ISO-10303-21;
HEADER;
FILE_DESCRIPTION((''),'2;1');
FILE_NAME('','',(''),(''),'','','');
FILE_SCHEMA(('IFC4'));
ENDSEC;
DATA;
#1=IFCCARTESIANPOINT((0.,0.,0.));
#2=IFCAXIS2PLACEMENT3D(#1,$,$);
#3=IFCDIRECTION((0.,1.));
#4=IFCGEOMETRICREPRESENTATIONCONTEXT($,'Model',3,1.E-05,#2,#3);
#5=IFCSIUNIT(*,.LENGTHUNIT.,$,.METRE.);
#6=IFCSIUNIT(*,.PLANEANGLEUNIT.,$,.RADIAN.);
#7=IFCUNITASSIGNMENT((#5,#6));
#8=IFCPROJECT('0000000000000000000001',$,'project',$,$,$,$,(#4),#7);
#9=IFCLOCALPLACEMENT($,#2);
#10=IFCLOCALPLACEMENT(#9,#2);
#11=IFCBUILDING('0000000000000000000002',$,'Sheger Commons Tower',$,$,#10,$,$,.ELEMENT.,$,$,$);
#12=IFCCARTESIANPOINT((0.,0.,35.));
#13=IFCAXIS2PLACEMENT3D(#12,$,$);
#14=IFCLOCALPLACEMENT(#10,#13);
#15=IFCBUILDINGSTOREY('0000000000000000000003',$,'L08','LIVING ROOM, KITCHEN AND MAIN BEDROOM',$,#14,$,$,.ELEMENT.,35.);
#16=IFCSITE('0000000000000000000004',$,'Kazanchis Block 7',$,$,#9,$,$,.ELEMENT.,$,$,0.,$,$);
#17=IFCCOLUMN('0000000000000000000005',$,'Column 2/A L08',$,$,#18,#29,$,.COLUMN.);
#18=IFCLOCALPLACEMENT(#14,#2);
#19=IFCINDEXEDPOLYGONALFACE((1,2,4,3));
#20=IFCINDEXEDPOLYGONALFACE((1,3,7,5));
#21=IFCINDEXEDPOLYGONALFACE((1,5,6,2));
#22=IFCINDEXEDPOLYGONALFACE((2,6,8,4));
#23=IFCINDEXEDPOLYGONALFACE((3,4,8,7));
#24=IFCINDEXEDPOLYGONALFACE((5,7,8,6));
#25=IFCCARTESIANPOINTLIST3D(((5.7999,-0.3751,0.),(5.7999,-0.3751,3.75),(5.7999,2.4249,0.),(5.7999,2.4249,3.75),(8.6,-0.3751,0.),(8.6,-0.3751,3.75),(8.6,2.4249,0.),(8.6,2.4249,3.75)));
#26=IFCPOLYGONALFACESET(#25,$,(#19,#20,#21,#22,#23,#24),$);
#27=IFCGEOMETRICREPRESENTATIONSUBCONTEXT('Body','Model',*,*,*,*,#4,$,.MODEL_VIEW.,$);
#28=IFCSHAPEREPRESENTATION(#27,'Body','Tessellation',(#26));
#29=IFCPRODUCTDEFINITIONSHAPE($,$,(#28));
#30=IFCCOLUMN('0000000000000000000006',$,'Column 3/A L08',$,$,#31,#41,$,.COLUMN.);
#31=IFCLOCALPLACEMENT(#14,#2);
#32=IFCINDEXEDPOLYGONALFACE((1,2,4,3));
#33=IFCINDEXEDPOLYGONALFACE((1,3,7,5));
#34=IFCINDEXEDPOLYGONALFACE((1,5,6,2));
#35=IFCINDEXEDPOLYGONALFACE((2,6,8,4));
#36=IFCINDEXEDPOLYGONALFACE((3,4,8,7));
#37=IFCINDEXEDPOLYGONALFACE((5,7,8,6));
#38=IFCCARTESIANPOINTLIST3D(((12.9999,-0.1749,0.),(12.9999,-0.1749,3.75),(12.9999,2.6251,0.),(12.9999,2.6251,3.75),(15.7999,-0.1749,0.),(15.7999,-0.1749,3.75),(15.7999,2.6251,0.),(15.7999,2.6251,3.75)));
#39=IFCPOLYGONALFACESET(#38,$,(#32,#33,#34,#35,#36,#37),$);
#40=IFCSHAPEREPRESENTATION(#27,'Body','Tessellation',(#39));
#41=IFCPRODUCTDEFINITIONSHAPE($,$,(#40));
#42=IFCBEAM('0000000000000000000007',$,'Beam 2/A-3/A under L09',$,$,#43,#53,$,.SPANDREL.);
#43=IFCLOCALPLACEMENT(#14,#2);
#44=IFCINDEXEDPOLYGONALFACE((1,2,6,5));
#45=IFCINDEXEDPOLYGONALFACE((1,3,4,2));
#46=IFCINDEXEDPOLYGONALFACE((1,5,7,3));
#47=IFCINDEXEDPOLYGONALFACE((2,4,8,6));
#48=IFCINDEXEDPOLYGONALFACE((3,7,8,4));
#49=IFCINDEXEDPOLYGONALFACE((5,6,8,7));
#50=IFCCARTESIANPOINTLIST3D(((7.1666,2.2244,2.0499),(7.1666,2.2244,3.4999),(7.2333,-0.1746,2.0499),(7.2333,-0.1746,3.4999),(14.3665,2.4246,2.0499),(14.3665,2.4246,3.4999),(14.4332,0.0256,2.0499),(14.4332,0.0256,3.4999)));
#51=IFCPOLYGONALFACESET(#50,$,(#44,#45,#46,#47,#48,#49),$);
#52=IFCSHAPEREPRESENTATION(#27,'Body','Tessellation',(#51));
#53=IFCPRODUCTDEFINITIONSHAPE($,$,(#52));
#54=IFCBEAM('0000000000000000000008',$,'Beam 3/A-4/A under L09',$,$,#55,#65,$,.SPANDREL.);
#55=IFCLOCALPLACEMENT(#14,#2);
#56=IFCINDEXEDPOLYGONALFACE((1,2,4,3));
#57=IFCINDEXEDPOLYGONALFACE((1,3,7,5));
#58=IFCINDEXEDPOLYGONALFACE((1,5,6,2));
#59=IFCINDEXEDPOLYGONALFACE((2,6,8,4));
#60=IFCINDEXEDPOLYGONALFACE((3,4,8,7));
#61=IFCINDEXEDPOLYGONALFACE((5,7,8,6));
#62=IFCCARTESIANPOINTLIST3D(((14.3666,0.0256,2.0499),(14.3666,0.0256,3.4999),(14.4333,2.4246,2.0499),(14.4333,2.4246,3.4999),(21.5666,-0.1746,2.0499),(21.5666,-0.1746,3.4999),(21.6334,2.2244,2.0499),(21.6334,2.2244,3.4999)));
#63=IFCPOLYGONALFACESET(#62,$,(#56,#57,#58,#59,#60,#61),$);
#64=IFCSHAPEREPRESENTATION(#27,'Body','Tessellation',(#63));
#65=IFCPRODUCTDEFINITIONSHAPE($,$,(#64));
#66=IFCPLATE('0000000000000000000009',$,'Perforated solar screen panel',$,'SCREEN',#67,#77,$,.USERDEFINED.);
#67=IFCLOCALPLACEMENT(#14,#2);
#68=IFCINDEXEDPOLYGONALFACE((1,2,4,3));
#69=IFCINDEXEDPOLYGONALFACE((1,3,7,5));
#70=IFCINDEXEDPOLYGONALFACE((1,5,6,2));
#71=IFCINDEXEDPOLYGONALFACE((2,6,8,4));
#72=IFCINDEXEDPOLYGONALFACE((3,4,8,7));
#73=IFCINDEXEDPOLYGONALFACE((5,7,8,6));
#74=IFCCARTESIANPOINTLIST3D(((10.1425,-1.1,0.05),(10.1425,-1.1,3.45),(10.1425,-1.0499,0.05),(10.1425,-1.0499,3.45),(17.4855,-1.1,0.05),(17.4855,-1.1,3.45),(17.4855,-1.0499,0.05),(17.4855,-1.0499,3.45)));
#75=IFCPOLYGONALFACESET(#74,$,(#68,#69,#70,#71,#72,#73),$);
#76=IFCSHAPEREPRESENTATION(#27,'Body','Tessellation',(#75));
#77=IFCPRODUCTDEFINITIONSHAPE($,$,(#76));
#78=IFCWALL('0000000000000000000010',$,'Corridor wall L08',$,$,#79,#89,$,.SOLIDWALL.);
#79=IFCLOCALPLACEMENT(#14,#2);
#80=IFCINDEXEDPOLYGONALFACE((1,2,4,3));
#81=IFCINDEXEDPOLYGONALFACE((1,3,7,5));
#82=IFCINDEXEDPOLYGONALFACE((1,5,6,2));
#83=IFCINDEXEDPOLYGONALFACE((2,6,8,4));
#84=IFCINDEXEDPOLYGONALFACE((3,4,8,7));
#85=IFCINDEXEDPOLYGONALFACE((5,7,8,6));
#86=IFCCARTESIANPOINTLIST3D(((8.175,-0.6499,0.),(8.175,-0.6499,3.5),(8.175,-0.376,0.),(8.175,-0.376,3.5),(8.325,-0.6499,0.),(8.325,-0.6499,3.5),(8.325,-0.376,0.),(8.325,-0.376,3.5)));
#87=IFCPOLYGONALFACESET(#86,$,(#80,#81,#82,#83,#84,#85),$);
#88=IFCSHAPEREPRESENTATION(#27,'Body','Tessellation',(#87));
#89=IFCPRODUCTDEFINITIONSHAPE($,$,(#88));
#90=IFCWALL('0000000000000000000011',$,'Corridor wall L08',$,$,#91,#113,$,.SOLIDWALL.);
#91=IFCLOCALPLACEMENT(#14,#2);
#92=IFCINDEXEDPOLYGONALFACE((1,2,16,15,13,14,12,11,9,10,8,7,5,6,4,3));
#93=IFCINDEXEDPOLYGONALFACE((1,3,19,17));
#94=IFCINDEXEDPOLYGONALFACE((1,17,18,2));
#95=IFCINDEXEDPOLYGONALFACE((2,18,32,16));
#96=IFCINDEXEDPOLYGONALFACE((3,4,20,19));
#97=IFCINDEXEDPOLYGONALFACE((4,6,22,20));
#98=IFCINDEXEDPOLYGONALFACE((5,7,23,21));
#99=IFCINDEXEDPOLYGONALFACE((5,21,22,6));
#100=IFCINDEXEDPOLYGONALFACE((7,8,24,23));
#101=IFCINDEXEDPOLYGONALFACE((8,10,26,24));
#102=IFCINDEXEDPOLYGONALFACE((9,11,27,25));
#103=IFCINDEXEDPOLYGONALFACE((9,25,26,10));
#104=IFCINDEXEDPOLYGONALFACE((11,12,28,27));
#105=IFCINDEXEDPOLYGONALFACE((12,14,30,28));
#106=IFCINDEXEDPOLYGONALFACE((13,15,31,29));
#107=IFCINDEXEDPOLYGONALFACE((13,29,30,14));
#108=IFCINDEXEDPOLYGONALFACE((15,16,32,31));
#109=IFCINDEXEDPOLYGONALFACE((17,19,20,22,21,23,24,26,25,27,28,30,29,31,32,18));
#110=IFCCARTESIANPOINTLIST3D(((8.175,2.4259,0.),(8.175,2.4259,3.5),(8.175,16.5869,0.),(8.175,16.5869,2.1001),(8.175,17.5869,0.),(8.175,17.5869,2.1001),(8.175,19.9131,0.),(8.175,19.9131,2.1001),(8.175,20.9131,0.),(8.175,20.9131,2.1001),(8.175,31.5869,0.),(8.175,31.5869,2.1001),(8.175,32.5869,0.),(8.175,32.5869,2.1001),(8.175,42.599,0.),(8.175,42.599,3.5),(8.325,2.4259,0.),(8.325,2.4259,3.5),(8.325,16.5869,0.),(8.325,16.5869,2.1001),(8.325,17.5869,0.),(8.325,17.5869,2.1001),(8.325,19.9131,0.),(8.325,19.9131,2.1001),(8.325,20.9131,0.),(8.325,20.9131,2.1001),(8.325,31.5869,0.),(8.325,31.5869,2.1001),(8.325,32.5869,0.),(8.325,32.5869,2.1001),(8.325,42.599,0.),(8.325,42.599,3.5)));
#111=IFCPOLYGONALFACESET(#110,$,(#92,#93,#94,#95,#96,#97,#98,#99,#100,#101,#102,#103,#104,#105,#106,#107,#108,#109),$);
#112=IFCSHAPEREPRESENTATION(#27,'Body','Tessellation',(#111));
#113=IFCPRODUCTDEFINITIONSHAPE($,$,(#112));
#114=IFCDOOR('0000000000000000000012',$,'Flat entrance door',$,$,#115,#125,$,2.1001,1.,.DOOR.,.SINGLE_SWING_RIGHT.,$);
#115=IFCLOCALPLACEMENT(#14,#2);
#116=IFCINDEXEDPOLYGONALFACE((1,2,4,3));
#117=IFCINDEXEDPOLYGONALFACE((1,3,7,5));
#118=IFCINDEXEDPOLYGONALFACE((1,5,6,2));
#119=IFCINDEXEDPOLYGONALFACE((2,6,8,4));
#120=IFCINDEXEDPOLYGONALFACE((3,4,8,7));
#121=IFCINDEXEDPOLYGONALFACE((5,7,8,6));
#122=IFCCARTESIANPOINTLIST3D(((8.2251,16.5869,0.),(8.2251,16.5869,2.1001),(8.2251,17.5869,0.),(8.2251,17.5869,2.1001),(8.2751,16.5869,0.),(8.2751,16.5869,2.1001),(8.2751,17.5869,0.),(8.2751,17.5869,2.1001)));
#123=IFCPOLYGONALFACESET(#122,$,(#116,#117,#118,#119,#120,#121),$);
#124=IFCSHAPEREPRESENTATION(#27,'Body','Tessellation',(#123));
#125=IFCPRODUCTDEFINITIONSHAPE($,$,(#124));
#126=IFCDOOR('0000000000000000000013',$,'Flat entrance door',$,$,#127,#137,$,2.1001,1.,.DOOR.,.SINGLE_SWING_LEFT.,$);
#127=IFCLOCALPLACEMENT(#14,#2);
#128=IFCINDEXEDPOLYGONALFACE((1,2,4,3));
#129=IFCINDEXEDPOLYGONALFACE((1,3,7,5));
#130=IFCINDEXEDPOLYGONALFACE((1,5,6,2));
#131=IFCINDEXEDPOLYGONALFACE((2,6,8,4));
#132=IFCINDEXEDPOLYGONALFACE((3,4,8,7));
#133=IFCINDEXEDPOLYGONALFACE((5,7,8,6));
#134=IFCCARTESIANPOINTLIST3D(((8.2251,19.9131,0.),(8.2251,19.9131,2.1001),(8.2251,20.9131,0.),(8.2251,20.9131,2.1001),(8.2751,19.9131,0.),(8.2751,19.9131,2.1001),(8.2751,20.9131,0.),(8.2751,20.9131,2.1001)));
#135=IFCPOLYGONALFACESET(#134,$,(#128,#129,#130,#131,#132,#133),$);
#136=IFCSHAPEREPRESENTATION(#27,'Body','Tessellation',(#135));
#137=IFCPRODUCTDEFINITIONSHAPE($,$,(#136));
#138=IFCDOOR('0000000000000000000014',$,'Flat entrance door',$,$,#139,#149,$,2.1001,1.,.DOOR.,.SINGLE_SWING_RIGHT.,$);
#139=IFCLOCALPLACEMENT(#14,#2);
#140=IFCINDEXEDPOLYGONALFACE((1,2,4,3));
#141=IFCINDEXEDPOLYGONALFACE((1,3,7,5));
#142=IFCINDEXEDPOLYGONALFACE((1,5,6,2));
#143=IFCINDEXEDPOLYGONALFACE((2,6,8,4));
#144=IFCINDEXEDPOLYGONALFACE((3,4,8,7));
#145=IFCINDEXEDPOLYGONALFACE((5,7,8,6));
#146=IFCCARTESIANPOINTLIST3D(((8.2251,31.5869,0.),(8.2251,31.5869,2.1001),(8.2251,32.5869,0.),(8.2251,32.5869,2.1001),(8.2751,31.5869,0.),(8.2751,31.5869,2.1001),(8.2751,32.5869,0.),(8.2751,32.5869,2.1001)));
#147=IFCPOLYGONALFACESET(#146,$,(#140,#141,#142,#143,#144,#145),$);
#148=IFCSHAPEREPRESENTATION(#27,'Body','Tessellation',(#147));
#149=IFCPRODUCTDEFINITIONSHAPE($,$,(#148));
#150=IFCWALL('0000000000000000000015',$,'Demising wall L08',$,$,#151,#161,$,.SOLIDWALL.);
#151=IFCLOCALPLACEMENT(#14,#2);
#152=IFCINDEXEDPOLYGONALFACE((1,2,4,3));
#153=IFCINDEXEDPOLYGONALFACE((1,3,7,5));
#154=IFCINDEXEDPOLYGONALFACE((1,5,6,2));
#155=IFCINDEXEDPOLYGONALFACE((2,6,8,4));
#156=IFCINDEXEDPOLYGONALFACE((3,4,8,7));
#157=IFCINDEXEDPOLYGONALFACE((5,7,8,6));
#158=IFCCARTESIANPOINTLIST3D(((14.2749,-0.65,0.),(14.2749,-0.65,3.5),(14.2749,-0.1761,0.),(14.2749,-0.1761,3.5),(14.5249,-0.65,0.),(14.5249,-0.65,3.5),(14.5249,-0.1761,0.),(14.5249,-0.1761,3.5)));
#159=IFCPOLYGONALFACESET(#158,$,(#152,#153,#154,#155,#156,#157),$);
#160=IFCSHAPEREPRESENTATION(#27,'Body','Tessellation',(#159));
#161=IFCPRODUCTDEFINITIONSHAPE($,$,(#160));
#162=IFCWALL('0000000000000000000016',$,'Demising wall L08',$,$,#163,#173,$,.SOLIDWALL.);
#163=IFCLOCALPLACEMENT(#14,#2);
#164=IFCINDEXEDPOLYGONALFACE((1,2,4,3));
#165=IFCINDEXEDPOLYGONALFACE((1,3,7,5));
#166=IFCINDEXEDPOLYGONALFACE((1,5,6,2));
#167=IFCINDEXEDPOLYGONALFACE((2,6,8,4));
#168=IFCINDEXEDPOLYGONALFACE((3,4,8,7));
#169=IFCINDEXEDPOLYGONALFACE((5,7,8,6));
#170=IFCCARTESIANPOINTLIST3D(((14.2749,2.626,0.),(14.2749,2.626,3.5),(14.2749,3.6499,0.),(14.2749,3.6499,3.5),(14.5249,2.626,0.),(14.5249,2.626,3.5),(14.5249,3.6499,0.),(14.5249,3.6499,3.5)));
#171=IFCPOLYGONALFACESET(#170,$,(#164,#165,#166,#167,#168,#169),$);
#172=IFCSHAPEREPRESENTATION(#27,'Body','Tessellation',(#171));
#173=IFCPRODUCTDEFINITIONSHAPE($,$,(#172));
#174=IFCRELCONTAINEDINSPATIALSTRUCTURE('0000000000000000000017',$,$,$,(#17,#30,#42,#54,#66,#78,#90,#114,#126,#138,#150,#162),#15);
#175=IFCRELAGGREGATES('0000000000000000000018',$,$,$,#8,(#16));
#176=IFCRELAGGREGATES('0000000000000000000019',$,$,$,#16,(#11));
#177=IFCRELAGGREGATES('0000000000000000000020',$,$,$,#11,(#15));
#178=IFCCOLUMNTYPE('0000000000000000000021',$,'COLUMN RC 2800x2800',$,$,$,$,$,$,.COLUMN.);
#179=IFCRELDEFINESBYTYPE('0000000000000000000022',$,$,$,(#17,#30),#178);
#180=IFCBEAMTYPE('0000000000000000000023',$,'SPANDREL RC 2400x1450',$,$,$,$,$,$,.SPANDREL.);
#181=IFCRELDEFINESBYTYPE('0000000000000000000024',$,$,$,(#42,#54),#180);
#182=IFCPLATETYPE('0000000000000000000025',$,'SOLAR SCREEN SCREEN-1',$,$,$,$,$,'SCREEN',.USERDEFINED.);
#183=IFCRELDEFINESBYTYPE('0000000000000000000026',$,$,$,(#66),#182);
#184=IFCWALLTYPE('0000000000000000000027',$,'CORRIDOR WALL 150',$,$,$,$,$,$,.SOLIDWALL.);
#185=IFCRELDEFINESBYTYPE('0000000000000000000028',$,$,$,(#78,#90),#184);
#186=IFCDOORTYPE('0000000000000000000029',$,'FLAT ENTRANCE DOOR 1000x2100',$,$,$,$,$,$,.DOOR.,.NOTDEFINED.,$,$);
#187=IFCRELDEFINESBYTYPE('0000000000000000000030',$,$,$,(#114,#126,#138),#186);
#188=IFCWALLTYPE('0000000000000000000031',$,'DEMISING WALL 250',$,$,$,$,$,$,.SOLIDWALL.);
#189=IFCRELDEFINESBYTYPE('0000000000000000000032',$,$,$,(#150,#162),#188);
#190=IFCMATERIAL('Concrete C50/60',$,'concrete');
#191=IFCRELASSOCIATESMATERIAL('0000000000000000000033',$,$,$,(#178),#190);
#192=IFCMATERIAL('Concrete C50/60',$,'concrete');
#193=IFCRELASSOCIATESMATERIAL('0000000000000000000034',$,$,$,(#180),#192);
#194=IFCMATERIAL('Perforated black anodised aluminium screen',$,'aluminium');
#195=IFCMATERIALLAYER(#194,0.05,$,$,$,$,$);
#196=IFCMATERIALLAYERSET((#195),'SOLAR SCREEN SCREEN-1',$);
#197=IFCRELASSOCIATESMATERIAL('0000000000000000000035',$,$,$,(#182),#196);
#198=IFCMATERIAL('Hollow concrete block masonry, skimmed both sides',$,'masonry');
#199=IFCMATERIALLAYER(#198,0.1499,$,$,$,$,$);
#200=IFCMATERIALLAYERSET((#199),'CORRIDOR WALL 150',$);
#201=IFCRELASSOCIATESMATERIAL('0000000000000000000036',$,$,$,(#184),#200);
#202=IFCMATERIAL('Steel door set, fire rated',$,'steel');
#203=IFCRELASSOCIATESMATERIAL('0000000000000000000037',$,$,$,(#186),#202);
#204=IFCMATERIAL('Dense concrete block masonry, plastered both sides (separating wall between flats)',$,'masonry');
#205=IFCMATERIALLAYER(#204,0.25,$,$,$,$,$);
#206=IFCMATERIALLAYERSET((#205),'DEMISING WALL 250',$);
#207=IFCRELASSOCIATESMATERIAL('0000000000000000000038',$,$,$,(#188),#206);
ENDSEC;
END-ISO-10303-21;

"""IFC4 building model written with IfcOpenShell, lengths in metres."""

from ifc_helpers import new_model, si_unit, direction, frame, frame_2d, origin, origin_2d, place, context, subcontext, project, spatial, rectangle, extrude, material, layer, layer_set, material_profile, profile_set, type_object, element, fill, save


model = new_model("IFC4")

# Units and contexts
model_context = context("Model", 3, precision=1e-05, world=origin(), true_north=direction((0.0, 1.0)))
body_context = subcontext(model_context, "Body", "Model", "MODEL_VIEW")
ifc_project = project(units=[si_unit("LENGTHUNIT", "METRE"), si_unit("PLANEANGLEUNIT", "RADIAN")], contexts=[model_context])

# Site, building, storey
site_placement = place(None, origin())
site = spatial("IfcSite", under=ifc_project, at=site_placement, Name="Kazanchis Block 7", CompositionType="ELEMENT", RefElevation=0.0)
building_placement = place(site_placement, origin())
building = spatial("IfcBuilding", under=site, at=building_placement, Name="Sheger Commons Tower", CompositionType="ELEMENT")
storey_placement = place(building_placement, frame((0.0, 0.0, 35.0)))
storey = spatial("IfcBuildingStorey", under=building, at=storey_placement, Name="L08", Description="LIVING ROOM, KITCHEN AND MAIN BEDROOM", CompositionType="ELEMENT", Elevation=35.0)

# Columns
ifc_material_1 = material(Name="Concrete C50/60", Category="concrete")
ifc_material_profile_1 = material_profile(ifc_material_1, rectangle(XDim=2.8, YDim=2.8, at=origin_2d()), Name="RC 2800x2800")
ifc_profile_set_1 = profile_set([ifc_material_profile_1], Name="Concrete C50/60")
column_type = type_object("IfcColumnType", Name="COLUMN RC 2800x2800", PredefinedType="COLUMN", material=ifc_profile_set_1)
for number, where, z_axis, x_axis, name in (
    (1, (7.2, 1.0249, 0.0), (0.0, 0.0, 1.0), (1.0, 0.0, 0.0), "Column 2/A L08"),
    (2, (14.3999, 1.2251, 0.0), (0.0, 0.0, 1.0), (1.0, 0.0, 0.0), "Column 3/A L08"),
):
    element("IfcColumn", number, at=place(storey_placement, frame(where, z_axis=z_axis, x_axis=x_axis)), inside=storey, type_object=column_type, Name=name, PredefinedType="COLUMN", context=body_context, shape_type="SweptSolid", body=[
        extrude(rectangle(XDim=2.8, YDim=2.8, at=origin_2d()), origin(), (0.0, 0.0, 1.0), 3.75),
    ])

# Beams
ifc_material_2 = material(Name="Concrete C50/60", Category="concrete")
ifc_material_profile_2 = material_profile(ifc_material_2, rectangle(XDim=2.3999, YDim=1.45, at=origin_2d()), Name="RC 2400x1450")
ifc_profile_set_2 = profile_set([ifc_material_profile_2], Name="Concrete C50/60")
beam_type = type_object("IfcBeamType", Name="SPANDREL RC 2400x1450", PredefinedType="SPANDREL", material=ifc_profile_set_2)
beam_1_placement = place(storey_placement, frame((7.2, 1.0249, 2.7749), z_axis=(0.999614, 0.027794, 0.0), x_axis=(-0.027794, 0.999614, 0.0)))
element("IfcBeam", 3, at=beam_1_placement, inside=storey, type_object=beam_type, Name="Beam 2/A-3/A under L09", PredefinedType="SPANDREL", context=body_context, shape_type="SweptSolid", body=[
    extrude(rectangle(XDim=2.3999, YDim=1.45, at=origin_2d()), origin(), (0.0, 0.0, 1.0), 7.2026),
])
beam_2_placement = place(storey_placement, frame((14.3999, 1.2251, 2.7749), z_axis=(0.999614, -0.027793, 0.0), x_axis=(0.027793, 0.999614, 0.0)))
element("IfcBeam", 4, at=beam_2_placement, inside=storey, type_object=beam_type, Name="Beam 3/A-4/A under L09", PredefinedType="SPANDREL", context=body_context, shape_type="SweptSolid", body=[
    extrude(rectangle(XDim=2.3999, YDim=1.45, at=origin_2d()), origin(), (0.0, 0.0, 1.0), 7.2029),
])

# Plate
ifc_material_3 = material(Name="Perforated black anodised aluminium screen", Category="aluminium")
ifc_layer_1 = layer(ifc_material_3, 0.05)
ifc_layer_set_1 = layer_set([ifc_layer_1], Name="SOLAR SCREEN SCREEN-1")
plate_type = type_object("IfcPlateType", Name="SOLAR SCREEN SCREEN-1", ElementType="SCREEN", PredefinedType="USERDEFINED", material=ifc_layer_set_1)
plate_placement = place(storey_placement, frame((13.814, -1.075, 0.05), z_axis=(0.0, 0.0, 1.0), x_axis=(1.0, 0.0, 0.0)))
element("IfcPlate", 5, at=plate_placement, inside=storey, type_object=plate_type, Name="Perforated solar screen panel", ObjectType="SCREEN", PredefinedType="USERDEFINED", context=body_context, shape_type="SweptSolid", body=[
    extrude(rectangle(XDim=7.343, YDim=0.05, at=origin_2d()), origin(), (0.0, 0.0, 1.0), 3.3999),
])

# Wall
ifc_material_4 = material(Name="Hollow concrete block masonry, skimmed both sides", Category="masonry")
ifc_layer_2 = layer(ifc_material_4, 0.1499)
ifc_layer_set_2 = layer_set([ifc_layer_2], Name="CORRIDOR WALL 150")
wall_type_1 = type_object("IfcWallType", Name="CORRIDOR WALL 150", PredefinedType="SOLIDWALL", material=ifc_layer_set_2)
wall_1_placement = place(storey_placement, frame((8.25, -0.6499, 0.0), z_axis=(0.0, 0.0, 1.0), x_axis=(0.0, 1.0, 0.0)))
element("IfcWall", 6, at=wall_1_placement, inside=storey, type_object=wall_type_1, Name="Corridor wall L08", PredefinedType="SOLIDWALL", context=body_context, shape_type="SweptSolid", body=[
    extrude(rectangle(XDim=0.2739, YDim=0.1499, at=frame_2d((0.137, 0.0))), origin(), (0.0, 0.0, 1.0), 3.5),
])

# Wall, openings, doors
wall_2_placement = place(storey_placement, frame((8.25, 2.426, 0.0), z_axis=(0.0, 0.0, 1.0), x_axis=(0.0, 1.0, 0.0)))
wall_2 = element("IfcWall", 7, at=wall_2_placement, inside=storey, type_object=wall_type_1, Name="Corridor wall L08", PredefinedType="SOLIDWALL", context=body_context, shape_type="SweptSolid", body=[
    extrude(rectangle(XDim=40.1731, YDim=0.1499, at=frame_2d((20.0864, 0.0))), origin(), (0.0, 0.0, 1.0), 3.5),
])
opening_1_placement = place(wall_2_placement, frame((14.1609, 0.0, 0.0)))
opening_1 = element("IfcOpeningElement", 8, at=opening_1_placement, cuts=wall_2, PredefinedType="OPENING", context=body_context, shape_type="SweptSolid", body=[
    extrude(rectangle(XDim=1.0, YDim=2.1001, at=frame_2d((0.5, 1.05))), frame((0.0, 0.085, 0.0), z_axis=(0.0, -1.0, 0.0), x_axis=(1.0, 0.0, 0.0)), (0.0, 0.0, 1.0), 0.1699),
])
opening_2_placement = place(wall_2_placement, frame((17.4871, 0.0, 0.0)))
opening_2 = element("IfcOpeningElement", 9, at=opening_2_placement, cuts=wall_2, PredefinedType="OPENING", context=body_context, shape_type="SweptSolid", body=[
    extrude(rectangle(XDim=1.0, YDim=2.1001, at=frame_2d((0.5, 1.05))), frame((0.0, 0.085, 0.0), z_axis=(0.0, -1.0, 0.0), x_axis=(1.0, 0.0, 0.0)), (0.0, 0.0, 1.0), 0.1699),
])
opening_3_placement = place(wall_2_placement, frame((29.1609, 0.0, 0.0)))
opening_3 = element("IfcOpeningElement", 10, at=opening_3_placement, cuts=wall_2, PredefinedType="OPENING", context=body_context, shape_type="SweptSolid", body=[
    extrude(rectangle(XDim=1.0, YDim=2.1001, at=frame_2d((0.5, 1.05))), frame((0.0, 0.085, 0.0), z_axis=(0.0, -1.0, 0.0), x_axis=(1.0, 0.0, 0.0)), (0.0, 0.0, 1.0), 0.1699),
])
ifc_material_5 = material(Name="Steel door set, fire rated", Category="steel")
door_type = type_object("IfcDoorType", Name="FLAT ENTRANCE DOOR 1000x2100", OperationType="NOTDEFINED", PredefinedType="DOOR", material=ifc_material_5)
door_1_placement = place(opening_1_placement, origin())
door_1 = element("IfcDoor", 11, at=door_1_placement, inside=storey, type_object=door_type, Name="Flat entrance door", OperationType="SINGLE_SWING_RIGHT", OverallHeight=2.1001, OverallWidth=1.0, PredefinedType="DOOR", context=body_context, shape_type="SweptSolid", body=[
    extrude(rectangle(XDim=1.0, YDim=2.1001, at=frame_2d((0.5, 1.05))), frame((0.0, 0.0249, 0.0), z_axis=(0.0, -1.0, 0.0), x_axis=(1.0, 0.0, 0.0)), (0.0, 0.0, 1.0), 0.05),
])
fill(opening_1, door_1)
door_2_placement = place(opening_2_placement, origin())
door_2 = element("IfcDoor", 12, at=door_2_placement, inside=storey, type_object=door_type, Name="Flat entrance door", OperationType="SINGLE_SWING_LEFT", OverallHeight=2.1001, OverallWidth=1.0, PredefinedType="DOOR", context=body_context, shape_type="SweptSolid", body=[
    extrude(rectangle(XDim=1.0, YDim=2.1001, at=frame_2d((0.5, 1.05))), frame((0.0, 0.0249, 0.0), z_axis=(0.0, -1.0, 0.0), x_axis=(1.0, 0.0, 0.0)), (0.0, 0.0, 1.0), 0.05),
])
fill(opening_2, door_2)
door_3_placement = place(opening_3_placement, origin())
door_3 = element("IfcDoor", 13, at=door_3_placement, inside=storey, type_object=door_type, Name="Flat entrance door", OperationType="SINGLE_SWING_RIGHT", OverallHeight=2.1001, OverallWidth=1.0, PredefinedType="DOOR", context=body_context, shape_type="SweptSolid", body=[
    extrude(rectangle(XDim=1.0, YDim=2.1001, at=frame_2d((0.5, 1.05))), frame((0.0, 0.0249, 0.0), z_axis=(0.0, -1.0, 0.0), x_axis=(1.0, 0.0, 0.0)), (0.0, 0.0, 1.0), 0.05),
])
fill(opening_3, door_3)

# Walls
ifc_material_6 = material(Name="Dense concrete block masonry, plastered both sides (separating wall between flats)", Category="masonry")
ifc_layer_3 = layer(ifc_material_6, 0.25)
ifc_layer_set_3 = layer_set([ifc_layer_3], Name="DEMISING WALL 250")
wall_type_2 = type_object("IfcWallType", Name="DEMISING WALL 250", PredefinedType="SOLIDWALL", material=ifc_layer_set_3)
wall_3_placement = place(storey_placement, frame((14.3999, -0.6499, 0.0), z_axis=(0.0, 0.0, 1.0), x_axis=(0.0, 1.0, 0.0)))
element("IfcWall", 14, at=wall_3_placement, inside=storey, type_object=wall_type_2, Name="Demising wall L08", PredefinedType="SOLIDWALL", context=body_context, shape_type="SweptSolid", body=[
    extrude(rectangle(XDim=0.4739, YDim=0.25, at=frame_2d((0.2368, 0.0))), origin(), (0.0, 0.0, 1.0), 3.5),
])
wall_4_placement = place(storey_placement, frame((14.3999, 2.626, 0.0), z_axis=(0.0, 0.0, 1.0), x_axis=(0.0, 1.0, 0.0)))
element("IfcWall", 15, at=wall_4_placement, inside=storey, type_object=wall_type_2, Name="Demising wall L08", PredefinedType="SOLIDWALL", context=body_context, shape_type="SweptSolid", body=[
    extrude(rectangle(XDim=1.0239, YDim=0.25, at=frame_2d((0.512, 0.0))), origin(), (0.0, 0.0, 1.0), 3.5),
])

save(model, "model.ifc")
